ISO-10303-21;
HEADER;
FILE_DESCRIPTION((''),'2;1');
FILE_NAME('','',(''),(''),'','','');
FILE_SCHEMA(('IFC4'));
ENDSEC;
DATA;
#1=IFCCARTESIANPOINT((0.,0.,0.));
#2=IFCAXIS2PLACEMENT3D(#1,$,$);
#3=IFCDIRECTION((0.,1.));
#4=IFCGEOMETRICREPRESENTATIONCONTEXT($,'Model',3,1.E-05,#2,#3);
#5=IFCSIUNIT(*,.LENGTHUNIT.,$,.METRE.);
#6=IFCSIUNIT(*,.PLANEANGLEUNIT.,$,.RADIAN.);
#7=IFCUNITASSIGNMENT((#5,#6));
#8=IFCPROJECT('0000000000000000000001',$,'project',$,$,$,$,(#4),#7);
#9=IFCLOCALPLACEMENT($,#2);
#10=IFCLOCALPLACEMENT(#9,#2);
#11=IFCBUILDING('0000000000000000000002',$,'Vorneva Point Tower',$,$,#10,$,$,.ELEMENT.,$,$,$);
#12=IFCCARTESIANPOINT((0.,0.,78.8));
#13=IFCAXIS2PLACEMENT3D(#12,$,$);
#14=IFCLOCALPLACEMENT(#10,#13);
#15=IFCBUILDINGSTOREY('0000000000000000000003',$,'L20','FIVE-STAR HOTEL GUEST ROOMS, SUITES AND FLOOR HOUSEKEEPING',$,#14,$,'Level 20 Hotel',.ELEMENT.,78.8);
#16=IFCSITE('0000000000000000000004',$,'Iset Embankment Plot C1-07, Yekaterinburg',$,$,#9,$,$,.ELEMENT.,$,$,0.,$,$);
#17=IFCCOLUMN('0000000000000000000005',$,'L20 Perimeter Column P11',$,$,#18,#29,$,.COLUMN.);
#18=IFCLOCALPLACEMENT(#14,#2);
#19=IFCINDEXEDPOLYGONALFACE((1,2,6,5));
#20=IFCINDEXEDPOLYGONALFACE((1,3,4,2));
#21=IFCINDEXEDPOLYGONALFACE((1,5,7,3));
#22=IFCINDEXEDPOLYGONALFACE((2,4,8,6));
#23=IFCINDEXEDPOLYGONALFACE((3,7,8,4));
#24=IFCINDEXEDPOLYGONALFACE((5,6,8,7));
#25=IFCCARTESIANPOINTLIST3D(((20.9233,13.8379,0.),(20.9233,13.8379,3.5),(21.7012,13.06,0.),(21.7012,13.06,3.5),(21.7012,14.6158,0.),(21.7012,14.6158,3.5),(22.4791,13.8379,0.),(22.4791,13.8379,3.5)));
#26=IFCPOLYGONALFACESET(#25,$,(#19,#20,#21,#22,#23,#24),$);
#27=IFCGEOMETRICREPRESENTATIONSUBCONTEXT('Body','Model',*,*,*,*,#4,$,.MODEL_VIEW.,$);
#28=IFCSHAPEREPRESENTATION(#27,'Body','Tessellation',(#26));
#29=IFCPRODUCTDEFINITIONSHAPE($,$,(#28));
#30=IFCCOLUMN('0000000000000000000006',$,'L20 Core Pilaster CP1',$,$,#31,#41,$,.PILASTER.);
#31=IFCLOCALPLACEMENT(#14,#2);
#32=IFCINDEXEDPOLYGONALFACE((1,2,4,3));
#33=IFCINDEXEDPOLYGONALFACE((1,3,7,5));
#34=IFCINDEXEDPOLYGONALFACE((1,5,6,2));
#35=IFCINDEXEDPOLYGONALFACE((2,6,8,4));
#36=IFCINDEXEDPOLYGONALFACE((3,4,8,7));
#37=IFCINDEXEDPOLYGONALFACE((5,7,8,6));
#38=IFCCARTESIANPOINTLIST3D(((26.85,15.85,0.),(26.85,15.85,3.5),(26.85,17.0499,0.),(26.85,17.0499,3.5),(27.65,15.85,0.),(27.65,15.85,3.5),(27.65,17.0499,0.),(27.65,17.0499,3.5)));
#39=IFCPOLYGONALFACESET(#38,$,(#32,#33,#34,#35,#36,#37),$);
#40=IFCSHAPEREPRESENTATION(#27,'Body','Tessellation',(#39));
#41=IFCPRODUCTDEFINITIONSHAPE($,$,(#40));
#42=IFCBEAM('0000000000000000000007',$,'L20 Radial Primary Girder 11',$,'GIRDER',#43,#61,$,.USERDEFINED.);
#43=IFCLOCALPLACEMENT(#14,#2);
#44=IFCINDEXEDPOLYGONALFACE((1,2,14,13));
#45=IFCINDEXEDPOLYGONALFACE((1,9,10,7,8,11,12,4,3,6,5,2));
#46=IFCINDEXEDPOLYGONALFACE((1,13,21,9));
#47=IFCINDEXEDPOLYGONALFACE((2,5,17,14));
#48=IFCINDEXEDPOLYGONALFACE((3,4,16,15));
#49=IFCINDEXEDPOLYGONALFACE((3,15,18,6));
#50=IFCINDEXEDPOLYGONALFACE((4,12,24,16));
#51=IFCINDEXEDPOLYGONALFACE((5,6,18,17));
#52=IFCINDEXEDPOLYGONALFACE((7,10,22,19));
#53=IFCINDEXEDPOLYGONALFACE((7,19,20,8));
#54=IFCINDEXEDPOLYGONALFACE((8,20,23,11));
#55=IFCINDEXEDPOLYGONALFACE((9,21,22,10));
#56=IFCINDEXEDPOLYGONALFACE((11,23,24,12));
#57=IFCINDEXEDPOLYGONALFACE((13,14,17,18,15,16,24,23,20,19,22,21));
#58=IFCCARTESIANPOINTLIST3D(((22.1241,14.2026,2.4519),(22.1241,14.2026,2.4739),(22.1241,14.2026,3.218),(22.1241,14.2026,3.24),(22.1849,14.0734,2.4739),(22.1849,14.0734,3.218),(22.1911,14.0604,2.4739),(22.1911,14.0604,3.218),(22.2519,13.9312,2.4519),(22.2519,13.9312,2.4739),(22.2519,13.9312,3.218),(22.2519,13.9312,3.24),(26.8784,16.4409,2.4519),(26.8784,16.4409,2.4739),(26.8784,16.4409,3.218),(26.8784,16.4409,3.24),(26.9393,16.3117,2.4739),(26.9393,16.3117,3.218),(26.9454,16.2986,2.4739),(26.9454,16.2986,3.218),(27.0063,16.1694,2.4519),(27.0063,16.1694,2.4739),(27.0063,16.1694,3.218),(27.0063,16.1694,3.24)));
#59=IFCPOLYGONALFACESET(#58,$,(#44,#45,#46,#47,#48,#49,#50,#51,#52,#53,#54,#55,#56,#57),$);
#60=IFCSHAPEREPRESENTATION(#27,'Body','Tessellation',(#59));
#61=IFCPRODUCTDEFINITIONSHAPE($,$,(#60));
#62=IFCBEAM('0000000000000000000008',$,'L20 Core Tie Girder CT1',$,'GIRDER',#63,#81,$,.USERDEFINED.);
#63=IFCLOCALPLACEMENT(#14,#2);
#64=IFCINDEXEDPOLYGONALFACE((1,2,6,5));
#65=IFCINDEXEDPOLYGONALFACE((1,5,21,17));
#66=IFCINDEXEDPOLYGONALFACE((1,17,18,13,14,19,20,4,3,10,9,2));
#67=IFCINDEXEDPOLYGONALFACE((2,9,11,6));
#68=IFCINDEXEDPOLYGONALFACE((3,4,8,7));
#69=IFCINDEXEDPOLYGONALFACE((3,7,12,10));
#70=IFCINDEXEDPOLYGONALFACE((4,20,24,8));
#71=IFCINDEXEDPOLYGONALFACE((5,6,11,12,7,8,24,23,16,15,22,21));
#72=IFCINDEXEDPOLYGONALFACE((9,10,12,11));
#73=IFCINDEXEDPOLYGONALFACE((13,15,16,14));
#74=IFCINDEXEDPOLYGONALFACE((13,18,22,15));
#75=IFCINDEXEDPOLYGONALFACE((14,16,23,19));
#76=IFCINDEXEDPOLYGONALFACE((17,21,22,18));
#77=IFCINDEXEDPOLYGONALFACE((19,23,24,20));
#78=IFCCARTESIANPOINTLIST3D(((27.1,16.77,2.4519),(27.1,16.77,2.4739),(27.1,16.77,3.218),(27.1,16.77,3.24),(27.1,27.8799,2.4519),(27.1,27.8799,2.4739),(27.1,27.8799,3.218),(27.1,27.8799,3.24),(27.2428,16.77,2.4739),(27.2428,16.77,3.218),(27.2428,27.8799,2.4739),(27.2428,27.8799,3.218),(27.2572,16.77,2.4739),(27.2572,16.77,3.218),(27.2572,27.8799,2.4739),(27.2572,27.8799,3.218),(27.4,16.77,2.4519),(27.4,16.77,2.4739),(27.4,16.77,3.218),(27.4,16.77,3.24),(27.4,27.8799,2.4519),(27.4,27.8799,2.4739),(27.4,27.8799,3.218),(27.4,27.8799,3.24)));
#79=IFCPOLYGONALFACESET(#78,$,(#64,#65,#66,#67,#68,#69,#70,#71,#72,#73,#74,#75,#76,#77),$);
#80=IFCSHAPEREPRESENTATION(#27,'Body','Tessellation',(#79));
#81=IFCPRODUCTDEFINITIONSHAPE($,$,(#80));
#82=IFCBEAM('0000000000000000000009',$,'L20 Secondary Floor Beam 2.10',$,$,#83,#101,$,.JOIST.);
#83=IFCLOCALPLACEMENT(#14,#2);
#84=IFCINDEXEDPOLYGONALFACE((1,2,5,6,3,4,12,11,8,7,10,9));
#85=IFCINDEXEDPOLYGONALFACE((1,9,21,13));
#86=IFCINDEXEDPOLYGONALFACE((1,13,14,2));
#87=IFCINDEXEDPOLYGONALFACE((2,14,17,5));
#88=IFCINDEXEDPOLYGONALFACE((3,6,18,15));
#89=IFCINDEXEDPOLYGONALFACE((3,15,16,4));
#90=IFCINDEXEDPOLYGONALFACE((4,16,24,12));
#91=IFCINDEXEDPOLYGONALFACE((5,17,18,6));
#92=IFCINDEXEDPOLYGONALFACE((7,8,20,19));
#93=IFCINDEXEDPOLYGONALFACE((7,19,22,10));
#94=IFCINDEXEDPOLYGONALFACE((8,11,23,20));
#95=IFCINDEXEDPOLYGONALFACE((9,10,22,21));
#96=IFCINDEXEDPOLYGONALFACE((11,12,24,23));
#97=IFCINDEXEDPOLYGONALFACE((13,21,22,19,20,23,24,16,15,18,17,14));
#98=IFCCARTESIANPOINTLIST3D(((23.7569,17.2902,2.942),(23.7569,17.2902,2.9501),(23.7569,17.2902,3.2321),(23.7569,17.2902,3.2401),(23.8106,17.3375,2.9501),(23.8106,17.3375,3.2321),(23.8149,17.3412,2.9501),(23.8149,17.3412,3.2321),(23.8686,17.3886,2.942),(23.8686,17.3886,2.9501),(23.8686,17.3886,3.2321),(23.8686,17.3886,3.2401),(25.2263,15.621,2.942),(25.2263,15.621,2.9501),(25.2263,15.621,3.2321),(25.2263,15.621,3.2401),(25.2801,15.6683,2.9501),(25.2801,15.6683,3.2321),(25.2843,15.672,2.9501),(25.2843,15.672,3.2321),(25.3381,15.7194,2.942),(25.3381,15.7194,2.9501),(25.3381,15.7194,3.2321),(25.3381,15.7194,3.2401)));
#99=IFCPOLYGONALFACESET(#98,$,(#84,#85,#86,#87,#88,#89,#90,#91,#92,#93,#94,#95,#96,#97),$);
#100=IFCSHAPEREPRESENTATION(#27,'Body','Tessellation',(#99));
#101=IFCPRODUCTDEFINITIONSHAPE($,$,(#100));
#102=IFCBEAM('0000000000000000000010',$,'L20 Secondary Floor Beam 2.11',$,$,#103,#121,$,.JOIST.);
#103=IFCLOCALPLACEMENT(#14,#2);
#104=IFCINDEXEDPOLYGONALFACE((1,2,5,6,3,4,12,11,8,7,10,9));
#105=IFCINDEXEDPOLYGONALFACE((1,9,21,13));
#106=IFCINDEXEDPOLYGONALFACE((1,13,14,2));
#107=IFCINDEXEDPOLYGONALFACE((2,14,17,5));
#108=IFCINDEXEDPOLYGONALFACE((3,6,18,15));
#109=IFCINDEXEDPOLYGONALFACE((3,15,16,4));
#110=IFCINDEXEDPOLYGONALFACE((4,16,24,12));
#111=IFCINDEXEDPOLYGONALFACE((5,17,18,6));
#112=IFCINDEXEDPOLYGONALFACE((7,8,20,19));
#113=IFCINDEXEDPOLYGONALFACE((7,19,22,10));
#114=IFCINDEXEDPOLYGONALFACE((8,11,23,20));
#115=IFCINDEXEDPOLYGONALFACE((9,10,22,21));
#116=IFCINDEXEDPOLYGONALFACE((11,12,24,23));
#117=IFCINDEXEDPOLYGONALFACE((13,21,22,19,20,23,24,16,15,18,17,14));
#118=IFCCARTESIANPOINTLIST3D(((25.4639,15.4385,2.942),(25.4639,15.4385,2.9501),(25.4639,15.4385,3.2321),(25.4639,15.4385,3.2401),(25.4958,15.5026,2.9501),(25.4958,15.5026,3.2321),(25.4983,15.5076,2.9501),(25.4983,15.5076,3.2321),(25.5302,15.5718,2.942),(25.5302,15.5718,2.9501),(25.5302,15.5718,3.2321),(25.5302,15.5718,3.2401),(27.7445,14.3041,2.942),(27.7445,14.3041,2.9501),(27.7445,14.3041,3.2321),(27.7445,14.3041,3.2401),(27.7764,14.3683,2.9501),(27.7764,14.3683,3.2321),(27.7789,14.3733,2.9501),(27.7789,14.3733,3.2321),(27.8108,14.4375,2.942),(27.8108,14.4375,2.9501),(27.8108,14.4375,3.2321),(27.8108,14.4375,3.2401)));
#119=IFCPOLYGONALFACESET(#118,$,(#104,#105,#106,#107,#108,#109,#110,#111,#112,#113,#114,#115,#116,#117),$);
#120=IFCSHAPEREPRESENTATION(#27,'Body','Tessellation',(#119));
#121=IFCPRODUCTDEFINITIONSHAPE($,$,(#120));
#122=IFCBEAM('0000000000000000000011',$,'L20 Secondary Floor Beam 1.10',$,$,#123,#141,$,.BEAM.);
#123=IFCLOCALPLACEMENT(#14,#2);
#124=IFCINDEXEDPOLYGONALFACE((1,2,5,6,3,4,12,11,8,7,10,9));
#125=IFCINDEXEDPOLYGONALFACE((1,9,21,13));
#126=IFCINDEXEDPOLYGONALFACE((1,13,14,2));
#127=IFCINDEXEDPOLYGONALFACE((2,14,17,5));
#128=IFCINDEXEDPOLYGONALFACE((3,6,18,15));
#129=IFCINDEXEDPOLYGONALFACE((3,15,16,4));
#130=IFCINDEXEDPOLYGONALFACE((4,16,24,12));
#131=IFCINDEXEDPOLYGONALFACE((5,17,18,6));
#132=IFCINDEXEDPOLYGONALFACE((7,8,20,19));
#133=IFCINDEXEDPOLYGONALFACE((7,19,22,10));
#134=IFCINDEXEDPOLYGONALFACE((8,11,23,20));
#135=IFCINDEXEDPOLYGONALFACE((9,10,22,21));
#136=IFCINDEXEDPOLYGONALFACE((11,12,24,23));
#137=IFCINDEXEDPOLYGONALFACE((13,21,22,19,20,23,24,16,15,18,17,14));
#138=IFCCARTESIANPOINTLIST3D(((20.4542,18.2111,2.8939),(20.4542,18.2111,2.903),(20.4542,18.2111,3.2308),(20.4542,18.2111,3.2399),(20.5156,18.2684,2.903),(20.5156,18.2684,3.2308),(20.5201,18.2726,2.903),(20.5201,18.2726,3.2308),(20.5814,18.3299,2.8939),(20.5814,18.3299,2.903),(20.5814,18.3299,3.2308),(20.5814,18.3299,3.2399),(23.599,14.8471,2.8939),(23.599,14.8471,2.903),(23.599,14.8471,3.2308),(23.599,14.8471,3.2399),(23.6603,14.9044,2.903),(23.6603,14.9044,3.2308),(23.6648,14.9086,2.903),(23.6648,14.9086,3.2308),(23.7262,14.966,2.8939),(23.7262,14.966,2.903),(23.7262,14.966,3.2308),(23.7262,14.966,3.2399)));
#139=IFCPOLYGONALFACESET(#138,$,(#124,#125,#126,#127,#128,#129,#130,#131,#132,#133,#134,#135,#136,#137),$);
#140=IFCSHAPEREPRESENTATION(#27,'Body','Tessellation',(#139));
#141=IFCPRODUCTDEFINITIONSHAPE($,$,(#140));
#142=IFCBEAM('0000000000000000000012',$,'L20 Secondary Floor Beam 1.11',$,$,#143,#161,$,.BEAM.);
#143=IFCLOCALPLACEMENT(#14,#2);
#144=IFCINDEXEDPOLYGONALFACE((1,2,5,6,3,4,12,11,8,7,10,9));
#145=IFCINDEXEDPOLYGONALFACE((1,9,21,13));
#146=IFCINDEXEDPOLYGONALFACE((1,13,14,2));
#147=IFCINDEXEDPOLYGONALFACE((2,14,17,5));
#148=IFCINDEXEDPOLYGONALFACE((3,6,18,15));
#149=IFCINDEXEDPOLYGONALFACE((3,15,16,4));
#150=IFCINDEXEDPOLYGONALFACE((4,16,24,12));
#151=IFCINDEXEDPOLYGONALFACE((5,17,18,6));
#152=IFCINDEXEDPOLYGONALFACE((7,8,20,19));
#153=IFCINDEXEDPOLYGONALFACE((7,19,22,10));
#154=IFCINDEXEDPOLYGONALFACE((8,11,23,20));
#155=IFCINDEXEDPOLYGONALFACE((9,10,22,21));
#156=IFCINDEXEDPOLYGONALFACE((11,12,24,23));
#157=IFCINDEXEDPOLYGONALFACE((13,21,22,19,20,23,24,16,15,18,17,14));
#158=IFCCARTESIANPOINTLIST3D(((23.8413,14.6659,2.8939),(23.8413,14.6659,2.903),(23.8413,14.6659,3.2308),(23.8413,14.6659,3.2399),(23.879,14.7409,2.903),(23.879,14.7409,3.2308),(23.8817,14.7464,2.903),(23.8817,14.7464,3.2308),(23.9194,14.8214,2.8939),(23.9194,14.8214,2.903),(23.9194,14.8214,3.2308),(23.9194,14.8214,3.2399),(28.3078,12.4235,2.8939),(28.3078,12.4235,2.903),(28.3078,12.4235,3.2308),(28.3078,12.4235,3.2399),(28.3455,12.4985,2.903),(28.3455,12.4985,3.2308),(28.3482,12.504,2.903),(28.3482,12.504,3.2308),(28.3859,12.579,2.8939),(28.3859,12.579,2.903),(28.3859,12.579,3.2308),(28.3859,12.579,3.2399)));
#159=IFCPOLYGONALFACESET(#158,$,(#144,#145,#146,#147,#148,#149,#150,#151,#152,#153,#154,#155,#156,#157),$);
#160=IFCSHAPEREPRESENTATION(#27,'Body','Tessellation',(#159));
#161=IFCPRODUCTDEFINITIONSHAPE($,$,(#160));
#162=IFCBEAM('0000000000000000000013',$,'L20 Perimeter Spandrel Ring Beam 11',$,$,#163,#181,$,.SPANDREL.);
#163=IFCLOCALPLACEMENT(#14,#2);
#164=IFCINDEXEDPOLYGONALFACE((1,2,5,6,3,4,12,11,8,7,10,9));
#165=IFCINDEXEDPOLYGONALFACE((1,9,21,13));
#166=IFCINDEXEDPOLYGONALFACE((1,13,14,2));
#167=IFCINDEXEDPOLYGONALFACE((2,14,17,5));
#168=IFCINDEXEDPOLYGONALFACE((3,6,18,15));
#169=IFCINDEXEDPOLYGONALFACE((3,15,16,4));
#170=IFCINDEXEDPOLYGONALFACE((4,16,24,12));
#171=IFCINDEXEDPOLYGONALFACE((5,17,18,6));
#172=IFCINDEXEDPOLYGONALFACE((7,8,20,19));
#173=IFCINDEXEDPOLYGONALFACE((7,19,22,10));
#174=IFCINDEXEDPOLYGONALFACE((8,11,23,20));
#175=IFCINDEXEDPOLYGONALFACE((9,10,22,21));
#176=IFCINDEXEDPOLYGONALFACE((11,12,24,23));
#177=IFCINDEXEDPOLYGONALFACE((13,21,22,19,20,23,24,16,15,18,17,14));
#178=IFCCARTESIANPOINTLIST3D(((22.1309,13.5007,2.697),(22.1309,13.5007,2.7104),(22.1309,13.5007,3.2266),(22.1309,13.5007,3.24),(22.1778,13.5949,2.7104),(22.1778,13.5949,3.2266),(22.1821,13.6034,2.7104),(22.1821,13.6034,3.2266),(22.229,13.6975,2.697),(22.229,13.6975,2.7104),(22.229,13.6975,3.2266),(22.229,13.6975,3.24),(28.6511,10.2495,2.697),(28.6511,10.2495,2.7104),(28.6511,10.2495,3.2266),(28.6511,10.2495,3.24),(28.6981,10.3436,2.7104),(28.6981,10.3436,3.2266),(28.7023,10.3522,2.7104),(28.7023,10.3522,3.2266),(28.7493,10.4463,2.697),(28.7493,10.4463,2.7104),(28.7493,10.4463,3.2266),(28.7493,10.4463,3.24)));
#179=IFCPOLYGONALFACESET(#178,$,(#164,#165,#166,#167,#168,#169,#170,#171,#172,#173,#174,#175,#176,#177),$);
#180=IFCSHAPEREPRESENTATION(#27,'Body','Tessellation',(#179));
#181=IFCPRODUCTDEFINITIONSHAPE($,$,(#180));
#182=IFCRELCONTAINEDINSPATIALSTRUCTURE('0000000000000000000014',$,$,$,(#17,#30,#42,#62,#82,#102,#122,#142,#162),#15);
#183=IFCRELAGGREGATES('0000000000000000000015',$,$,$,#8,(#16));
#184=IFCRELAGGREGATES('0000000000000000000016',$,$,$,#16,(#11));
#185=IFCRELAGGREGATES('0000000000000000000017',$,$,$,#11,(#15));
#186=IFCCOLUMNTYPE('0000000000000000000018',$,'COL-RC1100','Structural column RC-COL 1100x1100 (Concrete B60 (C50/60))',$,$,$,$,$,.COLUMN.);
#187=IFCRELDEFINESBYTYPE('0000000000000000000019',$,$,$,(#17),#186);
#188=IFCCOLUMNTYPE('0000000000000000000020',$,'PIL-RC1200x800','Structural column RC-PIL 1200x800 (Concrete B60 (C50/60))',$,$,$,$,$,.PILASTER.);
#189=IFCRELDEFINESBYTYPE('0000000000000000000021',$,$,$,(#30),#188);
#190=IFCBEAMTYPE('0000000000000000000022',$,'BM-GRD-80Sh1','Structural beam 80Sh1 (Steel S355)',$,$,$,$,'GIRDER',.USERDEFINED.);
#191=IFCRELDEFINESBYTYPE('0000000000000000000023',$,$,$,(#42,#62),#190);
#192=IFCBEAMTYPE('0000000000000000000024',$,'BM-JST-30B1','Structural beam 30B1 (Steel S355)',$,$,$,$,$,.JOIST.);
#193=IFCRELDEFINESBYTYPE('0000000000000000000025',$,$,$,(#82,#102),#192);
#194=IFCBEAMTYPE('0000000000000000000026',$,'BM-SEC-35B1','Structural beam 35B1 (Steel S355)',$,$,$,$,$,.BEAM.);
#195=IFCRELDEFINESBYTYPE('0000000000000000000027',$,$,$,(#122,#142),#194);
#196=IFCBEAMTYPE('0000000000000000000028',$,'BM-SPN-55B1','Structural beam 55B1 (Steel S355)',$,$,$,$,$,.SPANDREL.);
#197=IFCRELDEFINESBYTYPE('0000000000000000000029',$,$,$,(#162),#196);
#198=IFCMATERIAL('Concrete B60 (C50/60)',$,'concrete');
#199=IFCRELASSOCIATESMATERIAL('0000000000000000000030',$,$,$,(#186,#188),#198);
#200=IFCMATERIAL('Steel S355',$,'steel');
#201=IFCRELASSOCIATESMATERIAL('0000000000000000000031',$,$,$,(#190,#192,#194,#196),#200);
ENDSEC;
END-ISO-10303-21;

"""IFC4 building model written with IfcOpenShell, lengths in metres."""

from ifc_helpers import new_model, si_unit, direction, frame, origin, origin_2d, place, context, subcontext, project, spatial, rectangle, i_section, extrude, material, material_profile, profile_set, type_object, element, save


model = new_model("IFC4")

# Units and contexts
model_context = context("Model", 3, precision=1e-05, world=origin(), true_north=direction((0.0, 1.0)))
body_context = subcontext(model_context, "Body", "Model", "MODEL_VIEW")
ifc_project = project(units=[si_unit("LENGTHUNIT", "METRE"), si_unit("PLANEANGLEUNIT", "RADIAN")], contexts=[model_context])

# Site, building, storey
site_placement = place(None, origin())
site = spatial("IfcSite", under=ifc_project, at=site_placement, Name="Iset Embankment Plot C1-07, Yekaterinburg", CompositionType="ELEMENT", RefElevation=0.0)
building_placement = place(site_placement, origin())
building = spatial("IfcBuilding", under=site, at=building_placement, Name="Vorneva Point Tower", CompositionType="ELEMENT")
storey_placement = place(building_placement, frame((0.0, 0.0, 78.8)))
storey = spatial("IfcBuildingStorey", under=building, at=storey_placement, Name="L20", Description="FIVE-STAR HOTEL GUEST ROOMS, SUITES AND FLOOR HOUSEKEEPING", LongName="Level 20 Hotel", CompositionType="ELEMENT", Elevation=78.8)

# Columns
ifc_material_1 = material(Name="Concrete B60 (C50/60)", Category="concrete")
ifc_material_profile_1 = material_profile(ifc_material_1, rectangle(XDim=1.1001, YDim=1.1001, at=origin_2d()), Name="RC-COL 1100x1100")
ifc_profile_set_1 = profile_set([ifc_material_profile_1], Name="Concrete B60 (C50/60)")
column_type_1 = type_object("IfcColumnType", Name="COL-RC1100", Description="Structural column RC-COL 1100x1100 (Concrete B60 (C50/60))", PredefinedType="COLUMN", material=ifc_profile_set_1)
column_1_placement = place(storey_placement, frame((21.7012, 13.8379, 0.0), z_axis=(0.0, 0.0, 1.0), x_axis=(-0.707107, -0.707107, 0.0)))
element("IfcColumn", 1, at=column_1_placement, inside=storey, type_object=column_type_1, Name="L20 Perimeter Column P11", PredefinedType="COLUMN", context=body_context, shape_type="SweptSolid", body=[
    extrude(rectangle(XDim=1.1001, YDim=1.1001, at=origin_2d()), origin(), (0.0, 0.0, 1.0), 3.5),
])
ifc_material_profile_2 = material_profile(ifc_material_1, rectangle(XDim=0.8, YDim=1.2, at=origin_2d()), Name="RC-PIL 1200x800")
ifc_profile_set_2 = profile_set([ifc_material_profile_2], Name="Concrete B60 (C50/60)")
column_type_2 = type_object("IfcColumnType", Name="PIL-RC1200x800", Description="Structural column RC-PIL 1200x800 (Concrete B60 (C50/60))", PredefinedType="PILASTER", material=ifc_profile_set_2)
column_2_placement = place(storey_placement, frame((27.25, 16.45, 0.0), z_axis=(0.0, 0.0, 1.0), x_axis=(1.0, 0.0, 0.0)))
element("IfcColumn", 2, at=column_2_placement, inside=storey, type_object=column_type_2, Name="L20 Core Pilaster CP1", PredefinedType="PILASTER", context=body_context, shape_type="SweptSolid", body=[
    extrude(rectangle(XDim=0.8, YDim=1.2, at=origin_2d()), origin(), (0.0, 0.0, 1.0), 3.5),
])

# Beams
ifc_material_2 = material(Name="Steel S355", Category="steel")
ifc_material_profile_3 = material_profile(ifc_material_2, i_section(OverallWidth=0.3, OverallDepth=0.7881, WebThickness=0.0144, FlangeThickness=0.022, at=origin_2d()), Name="80Sh1")
ifc_profile_set_3 = profile_set([ifc_material_profile_3], Name="Steel S355")
beam_type_1 = type_object("IfcBeamType", Name="BM-GRD-80Sh1", Description="Structural beam 80Sh1 (Steel S355)", ElementType="GIRDER", PredefinedType="USERDEFINED", material=ifc_profile_set_3)
beam_1_placement = place(storey_placement, frame((22.188, 14.0669, 2.8459), z_axis=(0.904751, 0.42594, 0.0), x_axis=(-0.42594, 0.904751, 0.0)))
element("IfcBeam", 3, at=beam_1_placement, inside=storey, type_object=beam_type_1, Name="L20 Radial Primary Girder 11", ObjectType="GIRDER", PredefinedType="USERDEFINED", context=body_context, shape_type="SweptSolid", body=[
    extrude(i_section(OverallWidth=0.3, OverallDepth=0.7881, WebThickness=0.0144, FlangeThickness=0.022, at=origin_2d()), origin(), (0.0, 0.0, 1.0), 5.2549),
])
beam_2_placement = place(storey_placement, frame((27.25, 16.77, 2.8459), z_axis=(0.0, 1.0, 0.0), x_axis=(-1.0, 0.0, 0.0)))
element("IfcBeam", 4, at=beam_2_placement, inside=storey, type_object=beam_type_1, Name="L20 Core Tie Girder CT1", ObjectType="GIRDER", PredefinedType="USERDEFINED", context=body_context, shape_type="SweptSolid", body=[
    extrude(i_section(OverallWidth=0.3, OverallDepth=0.7881, WebThickness=0.0144, FlangeThickness=0.022, at=origin_2d()), origin(), (0.0, 0.0, 1.0), 11.1099),
])
ifc_material_profile_4 = material_profile(ifc_material_2, i_section(OverallWidth=0.1489, OverallDepth=0.2981, WebThickness=0.0056, FlangeThickness=0.0081, at=origin_2d()), Name="30B1")
ifc_profile_set_4 = profile_set([ifc_material_profile_4], Name="Steel S355")
beam_type_2 = type_object("IfcBeamType", Name="BM-JST-30B1", Description="Structural beam 30B1 (Steel S355)", PredefinedType="JOIST", material=ifc_profile_set_4)
beam_3_placement = place(storey_placement, frame((23.8127, 17.3394, 3.0911), z_axis=(0.660779, -0.750581, 0.0), x_axis=(0.750581, 0.660779, 0.0)))
element("IfcBeam", 5, at=beam_3_placement, inside=storey, type_object=beam_type_2, Name="L20 Secondary Floor Beam 2.10", PredefinedType="JOIST", context=body_context, shape_type="SweptSolid", body=[
    extrude(i_section(OverallWidth=0.1489, OverallDepth=0.2981, WebThickness=0.0056, FlangeThickness=0.0081, at=origin_2d()), origin(), (0.0, 0.0, 1.0), 2.2239),
])
beam_4_placement = place(storey_placement, frame((25.4971, 15.5051, 3.0911), z_axis=(0.895365, -0.445334, 0.0), x_axis=(0.445334, 0.895365, 0.0)))
element("IfcBeam", 6, at=beam_4_placement, inside=storey, type_object=beam_type_2, Name="L20 Secondary Floor Beam 2.11", PredefinedType="JOIST", context=body_context, shape_type="SweptSolid", body=[
    extrude(i_section(OverallWidth=0.1489, OverallDepth=0.2981, WebThickness=0.0056, FlangeThickness=0.0081, at=origin_2d()), origin(), (0.0, 0.0, 1.0), 2.5471),
])
ifc_material_profile_5 = material_profile(ifc_material_2, i_section(OverallWidth=0.1741, OverallDepth=0.3459, WebThickness=0.0061, FlangeThickness=0.009, at=origin_2d()), Name="35B1")
ifc_profile_set_5 = profile_set([ifc_material_profile_5], Name="Steel S355")
beam_type_3 = type_object("IfcBeamType", Name="BM-SEC-35B1", Description="Structural beam 35B1 (Steel S355)", PredefinedType="BEAM", material=ifc_profile_set_5)
beam_5_placement = place(storey_placement, frame((20.5178, 18.2705, 3.0669), z_axis=(0.682902, -0.73051, 0.0), x_axis=(0.73051, 0.682902, 0.0)))
element("IfcBeam", 7, at=beam_5_placement, inside=storey, type_object=beam_type_3, Name="L20 Secondary Floor Beam 1.10", PredefinedType="BEAM", context=body_context, shape_type="SweptSolid", body=[
    extrude(i_section(OverallWidth=0.1741, OverallDepth=0.3459, WebThickness=0.0061, FlangeThickness=0.009, at=origin_2d()), origin(), (0.0, 0.0, 1.0), 4.605),
])
beam_6_placement = place(storey_placement, frame((23.8804, 14.7437, 3.0669), z_axis=(0.893693, -0.448678, 0.0), x_axis=(0.448678, 0.893693, 0.0)))
element("IfcBeam", 8, at=beam_6_placement, inside=storey, type_object=beam_type_3, Name="L20 Secondary Floor Beam 1.11", PredefinedType="BEAM", context=body_context, shape_type="SweptSolid", body=[
    extrude(i_section(OverallWidth=0.1741, OverallDepth=0.3459, WebThickness=0.0061, FlangeThickness=0.009, at=origin_2d()), origin(), (0.0, 0.0, 1.0), 4.9978),
])
ifc_material_profile_6 = material_profile(ifc_material_2, i_section(OverallWidth=0.22, OverallDepth=0.543, WebThickness=0.0095, FlangeThickness=0.0134, at=origin_2d()), Name="55B1")
ifc_profile_set_6 = profile_set([ifc_material_profile_6], Name="Steel S355")
beam_type_4 = type_object("IfcBeamType", Name="BM-SPN-55B1", Description="Structural beam 55B1 (Steel S355)", PredefinedType="SPANDREL", material=ifc_profile_set_6)
beam_7_placement = place(storey_placement, frame((22.1799, 13.5991, 2.9685), z_axis=(0.894916, -0.446235, 0.0), x_axis=(0.446235, 0.894916, 0.0)))
element("IfcBeam", 9, at=beam_7_placement, inside=storey, type_object=beam_type_4, Name="L20 Perimeter Spandrel Ring Beam 11", PredefinedType="SPANDREL", context=body_context, shape_type="SweptSolid", body=[
    extrude(i_section(OverallWidth=0.22, OverallDepth=0.543, WebThickness=0.0095, FlangeThickness=0.0134, at=origin_2d()), origin(), (0.0, 0.0, 1.0), 7.2859),
])

save(model, "model.ifc")
